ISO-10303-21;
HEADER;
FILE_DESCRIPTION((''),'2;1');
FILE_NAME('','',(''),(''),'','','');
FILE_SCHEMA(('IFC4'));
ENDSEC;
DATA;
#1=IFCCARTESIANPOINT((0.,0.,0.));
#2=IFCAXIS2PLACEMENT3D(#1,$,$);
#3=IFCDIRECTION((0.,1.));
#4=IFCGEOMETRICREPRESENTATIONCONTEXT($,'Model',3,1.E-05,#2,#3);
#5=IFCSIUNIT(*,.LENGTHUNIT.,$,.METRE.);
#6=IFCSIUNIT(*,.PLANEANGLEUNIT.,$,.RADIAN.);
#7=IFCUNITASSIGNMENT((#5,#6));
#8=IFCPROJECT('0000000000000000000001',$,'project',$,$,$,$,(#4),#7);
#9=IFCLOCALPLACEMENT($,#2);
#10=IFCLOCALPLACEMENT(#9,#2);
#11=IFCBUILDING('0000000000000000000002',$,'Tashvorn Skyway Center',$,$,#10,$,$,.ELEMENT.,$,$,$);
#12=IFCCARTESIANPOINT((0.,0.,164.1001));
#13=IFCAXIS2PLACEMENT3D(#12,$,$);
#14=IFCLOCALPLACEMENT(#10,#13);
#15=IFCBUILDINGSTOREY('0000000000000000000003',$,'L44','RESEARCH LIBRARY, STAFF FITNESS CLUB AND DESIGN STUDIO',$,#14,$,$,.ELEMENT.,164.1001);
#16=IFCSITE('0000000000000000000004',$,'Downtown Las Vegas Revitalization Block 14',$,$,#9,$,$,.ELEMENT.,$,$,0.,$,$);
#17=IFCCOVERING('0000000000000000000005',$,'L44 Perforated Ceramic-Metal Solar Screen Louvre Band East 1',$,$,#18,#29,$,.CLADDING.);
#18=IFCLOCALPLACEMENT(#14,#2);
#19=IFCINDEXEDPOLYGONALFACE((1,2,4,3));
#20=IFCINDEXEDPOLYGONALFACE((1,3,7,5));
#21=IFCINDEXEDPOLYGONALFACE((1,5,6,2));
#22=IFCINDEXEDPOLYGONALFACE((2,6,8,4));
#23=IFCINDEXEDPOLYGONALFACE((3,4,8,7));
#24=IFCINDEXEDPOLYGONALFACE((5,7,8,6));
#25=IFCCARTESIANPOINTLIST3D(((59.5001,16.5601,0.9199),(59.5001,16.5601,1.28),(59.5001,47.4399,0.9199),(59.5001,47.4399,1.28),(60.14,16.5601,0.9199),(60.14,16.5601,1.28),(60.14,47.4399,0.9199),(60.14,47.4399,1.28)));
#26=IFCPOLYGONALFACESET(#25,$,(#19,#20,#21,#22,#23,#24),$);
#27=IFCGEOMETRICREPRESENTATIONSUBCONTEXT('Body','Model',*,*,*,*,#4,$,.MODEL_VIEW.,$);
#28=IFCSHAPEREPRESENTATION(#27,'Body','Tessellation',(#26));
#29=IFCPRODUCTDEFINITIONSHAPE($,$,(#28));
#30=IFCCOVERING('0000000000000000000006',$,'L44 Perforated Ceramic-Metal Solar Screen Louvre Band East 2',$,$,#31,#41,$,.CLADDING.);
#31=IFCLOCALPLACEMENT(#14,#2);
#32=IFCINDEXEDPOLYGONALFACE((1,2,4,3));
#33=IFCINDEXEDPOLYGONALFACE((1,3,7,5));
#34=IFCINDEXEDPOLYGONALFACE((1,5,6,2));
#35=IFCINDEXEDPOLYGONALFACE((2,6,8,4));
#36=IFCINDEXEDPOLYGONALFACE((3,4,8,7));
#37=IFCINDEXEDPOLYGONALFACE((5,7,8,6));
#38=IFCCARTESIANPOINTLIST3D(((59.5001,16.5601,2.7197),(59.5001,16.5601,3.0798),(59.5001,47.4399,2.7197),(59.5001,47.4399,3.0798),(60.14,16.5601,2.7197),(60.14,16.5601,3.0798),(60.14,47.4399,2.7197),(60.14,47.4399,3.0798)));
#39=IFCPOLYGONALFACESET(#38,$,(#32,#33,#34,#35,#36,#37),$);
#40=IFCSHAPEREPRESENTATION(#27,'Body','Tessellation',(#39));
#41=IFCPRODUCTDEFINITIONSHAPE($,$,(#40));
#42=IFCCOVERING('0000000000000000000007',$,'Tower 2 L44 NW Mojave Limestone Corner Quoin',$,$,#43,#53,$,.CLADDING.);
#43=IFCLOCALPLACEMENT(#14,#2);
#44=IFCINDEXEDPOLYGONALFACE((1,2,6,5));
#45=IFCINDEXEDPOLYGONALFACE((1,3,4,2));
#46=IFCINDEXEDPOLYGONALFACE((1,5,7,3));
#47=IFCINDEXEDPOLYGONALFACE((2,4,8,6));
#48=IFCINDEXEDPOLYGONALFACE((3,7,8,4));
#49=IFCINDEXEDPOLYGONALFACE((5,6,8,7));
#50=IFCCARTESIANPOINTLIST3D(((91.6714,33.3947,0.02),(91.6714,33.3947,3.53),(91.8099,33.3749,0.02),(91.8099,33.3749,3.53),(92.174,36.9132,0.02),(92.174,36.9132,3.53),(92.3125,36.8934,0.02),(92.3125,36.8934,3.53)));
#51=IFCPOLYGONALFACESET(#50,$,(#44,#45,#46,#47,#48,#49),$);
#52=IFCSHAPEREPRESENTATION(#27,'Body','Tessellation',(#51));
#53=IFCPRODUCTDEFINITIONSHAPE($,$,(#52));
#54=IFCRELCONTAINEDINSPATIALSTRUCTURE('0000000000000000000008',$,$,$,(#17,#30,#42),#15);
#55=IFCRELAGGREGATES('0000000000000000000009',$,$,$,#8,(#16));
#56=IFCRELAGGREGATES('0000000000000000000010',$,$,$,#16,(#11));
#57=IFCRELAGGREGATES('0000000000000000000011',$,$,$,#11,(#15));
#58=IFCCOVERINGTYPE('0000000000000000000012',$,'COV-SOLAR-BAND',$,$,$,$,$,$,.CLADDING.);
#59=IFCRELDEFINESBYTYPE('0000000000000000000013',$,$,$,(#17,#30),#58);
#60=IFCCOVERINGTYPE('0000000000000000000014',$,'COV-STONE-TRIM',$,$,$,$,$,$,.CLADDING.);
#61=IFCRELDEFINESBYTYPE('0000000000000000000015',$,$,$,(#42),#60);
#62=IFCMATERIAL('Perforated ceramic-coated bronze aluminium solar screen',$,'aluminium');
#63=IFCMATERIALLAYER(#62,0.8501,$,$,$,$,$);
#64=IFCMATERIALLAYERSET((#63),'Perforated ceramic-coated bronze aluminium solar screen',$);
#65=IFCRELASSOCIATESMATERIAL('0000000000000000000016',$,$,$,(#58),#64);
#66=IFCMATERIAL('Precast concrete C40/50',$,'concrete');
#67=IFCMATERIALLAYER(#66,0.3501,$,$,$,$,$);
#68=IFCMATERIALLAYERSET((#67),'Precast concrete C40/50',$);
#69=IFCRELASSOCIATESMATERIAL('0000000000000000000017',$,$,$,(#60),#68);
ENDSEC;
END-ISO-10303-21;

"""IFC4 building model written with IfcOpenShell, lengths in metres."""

from ifc_helpers import new_model, si_unit, direction, frame, origin, origin_2d, place, context, subcontext, project, spatial, rectangle, extrude, material, layer, layer_set, type_object, element, save


model = new_model("IFC4")

# Units and contexts
model_context = context("Model", 3, precision=1e-05, world=origin(), true_north=direction((0.0, 1.0)))
body_context = subcontext(model_context, "Body", "Model", "MODEL_VIEW")
ifc_project = project(units=[si_unit("LENGTHUNIT", "METRE"), si_unit("PLANEANGLEUNIT", "RADIAN")], contexts=[model_context])

# Site, building, storey
site_placement = place(None, origin())
site = spatial("IfcSite", under=ifc_project, at=site_placement, Name="Downtown Las Vegas Revitalization Block 14", CompositionType="ELEMENT", RefElevation=0.0)
building_placement = place(site_placement, origin())
building = spatial("IfcBuilding", under=site, at=building_placement, Name="Tashvorn Skyway Center", CompositionType="ELEMENT")
storey_placement = place(building_placement, frame((0.0, 0.0, 164.1001)))
storey = spatial("IfcBuildingStorey", under=building, at=storey_placement, Name="L44", Description="RESEARCH LIBRARY, STAFF FITNESS CLUB AND DESIGN STUDIO", CompositionType="ELEMENT", Elevation=164.1001)

# Shared definitions
ifc_material_1 = material(Name="Precast concrete C40/50", Category="concrete")

# Coverings
ifc_material_2 = material(Name="Perforated ceramic-coated bronze aluminium solar screen", Category="aluminium")
ifc_layer_1 = layer(ifc_material_2, 0.8501)
ifc_layer_set_1 = layer_set([ifc_layer_1], Name="Perforated ceramic-coated bronze aluminium solar screen")
covering_type_1 = type_object("IfcCoveringType", Name="COV-SOLAR-BAND", PredefinedType="CLADDING", material=ifc_layer_set_1)
for number, where, z_axis, x_axis, name in (
    (1, (59.8201, 32.0, 0.9199), (0.0, 0.0, 1.0), (0.0, -1.0, 0.0), "L44 Perforated Ceramic-Metal Solar Screen Louvre Band East 1"),
    (2, (59.8201, 32.0, 2.7197), (0.0, 0.0, 1.0), (0.0, -1.0, 0.0), "L44 Perforated Ceramic-Metal Solar Screen Louvre Band East 2"),
):
    element("IfcCovering", number, at=place(storey_placement, frame(where, z_axis=z_axis, x_axis=x_axis)), inside=storey, type_object=covering_type_1, Name=name, PredefinedType="CLADDING", context=body_context, shape_type="SweptSolid", body=[
        extrude(rectangle(XDim=30.8799, YDim=0.6399, at=origin_2d()), origin(), (0.0, 0.0, 1.0), 0.3601),
    ])
ifc_layer_2 = layer(ifc_material_1, 0.3501)
ifc_layer_set_2 = layer_set([ifc_layer_2], Name="Precast concrete C40/50")
covering_type_2 = type_object("IfcCoveringType", Name="COV-STONE-TRIM", PredefinedType="CLADDING", material=ifc_layer_set_2)
covering_placement = place(storey_placement, frame((91.9919, 35.144, 0.02), z_axis=(0.0, 0.0, 1.0), x_axis=(-0.141421, -0.989949, 0.0)))
element("IfcCovering", 3, at=covering_placement, inside=storey, type_object=covering_type_2, Name="Tower 2 L44 NW Mojave Limestone Corner Quoin", PredefinedType="CLADDING", context=body_context, shape_type="SweptSolid", body=[
    extrude(rectangle(XDim=3.5542, YDim=0.1399, at=origin_2d()), origin(), (0.0, 0.0, 1.0), 3.51),
])

save(model, "model.ifc")
